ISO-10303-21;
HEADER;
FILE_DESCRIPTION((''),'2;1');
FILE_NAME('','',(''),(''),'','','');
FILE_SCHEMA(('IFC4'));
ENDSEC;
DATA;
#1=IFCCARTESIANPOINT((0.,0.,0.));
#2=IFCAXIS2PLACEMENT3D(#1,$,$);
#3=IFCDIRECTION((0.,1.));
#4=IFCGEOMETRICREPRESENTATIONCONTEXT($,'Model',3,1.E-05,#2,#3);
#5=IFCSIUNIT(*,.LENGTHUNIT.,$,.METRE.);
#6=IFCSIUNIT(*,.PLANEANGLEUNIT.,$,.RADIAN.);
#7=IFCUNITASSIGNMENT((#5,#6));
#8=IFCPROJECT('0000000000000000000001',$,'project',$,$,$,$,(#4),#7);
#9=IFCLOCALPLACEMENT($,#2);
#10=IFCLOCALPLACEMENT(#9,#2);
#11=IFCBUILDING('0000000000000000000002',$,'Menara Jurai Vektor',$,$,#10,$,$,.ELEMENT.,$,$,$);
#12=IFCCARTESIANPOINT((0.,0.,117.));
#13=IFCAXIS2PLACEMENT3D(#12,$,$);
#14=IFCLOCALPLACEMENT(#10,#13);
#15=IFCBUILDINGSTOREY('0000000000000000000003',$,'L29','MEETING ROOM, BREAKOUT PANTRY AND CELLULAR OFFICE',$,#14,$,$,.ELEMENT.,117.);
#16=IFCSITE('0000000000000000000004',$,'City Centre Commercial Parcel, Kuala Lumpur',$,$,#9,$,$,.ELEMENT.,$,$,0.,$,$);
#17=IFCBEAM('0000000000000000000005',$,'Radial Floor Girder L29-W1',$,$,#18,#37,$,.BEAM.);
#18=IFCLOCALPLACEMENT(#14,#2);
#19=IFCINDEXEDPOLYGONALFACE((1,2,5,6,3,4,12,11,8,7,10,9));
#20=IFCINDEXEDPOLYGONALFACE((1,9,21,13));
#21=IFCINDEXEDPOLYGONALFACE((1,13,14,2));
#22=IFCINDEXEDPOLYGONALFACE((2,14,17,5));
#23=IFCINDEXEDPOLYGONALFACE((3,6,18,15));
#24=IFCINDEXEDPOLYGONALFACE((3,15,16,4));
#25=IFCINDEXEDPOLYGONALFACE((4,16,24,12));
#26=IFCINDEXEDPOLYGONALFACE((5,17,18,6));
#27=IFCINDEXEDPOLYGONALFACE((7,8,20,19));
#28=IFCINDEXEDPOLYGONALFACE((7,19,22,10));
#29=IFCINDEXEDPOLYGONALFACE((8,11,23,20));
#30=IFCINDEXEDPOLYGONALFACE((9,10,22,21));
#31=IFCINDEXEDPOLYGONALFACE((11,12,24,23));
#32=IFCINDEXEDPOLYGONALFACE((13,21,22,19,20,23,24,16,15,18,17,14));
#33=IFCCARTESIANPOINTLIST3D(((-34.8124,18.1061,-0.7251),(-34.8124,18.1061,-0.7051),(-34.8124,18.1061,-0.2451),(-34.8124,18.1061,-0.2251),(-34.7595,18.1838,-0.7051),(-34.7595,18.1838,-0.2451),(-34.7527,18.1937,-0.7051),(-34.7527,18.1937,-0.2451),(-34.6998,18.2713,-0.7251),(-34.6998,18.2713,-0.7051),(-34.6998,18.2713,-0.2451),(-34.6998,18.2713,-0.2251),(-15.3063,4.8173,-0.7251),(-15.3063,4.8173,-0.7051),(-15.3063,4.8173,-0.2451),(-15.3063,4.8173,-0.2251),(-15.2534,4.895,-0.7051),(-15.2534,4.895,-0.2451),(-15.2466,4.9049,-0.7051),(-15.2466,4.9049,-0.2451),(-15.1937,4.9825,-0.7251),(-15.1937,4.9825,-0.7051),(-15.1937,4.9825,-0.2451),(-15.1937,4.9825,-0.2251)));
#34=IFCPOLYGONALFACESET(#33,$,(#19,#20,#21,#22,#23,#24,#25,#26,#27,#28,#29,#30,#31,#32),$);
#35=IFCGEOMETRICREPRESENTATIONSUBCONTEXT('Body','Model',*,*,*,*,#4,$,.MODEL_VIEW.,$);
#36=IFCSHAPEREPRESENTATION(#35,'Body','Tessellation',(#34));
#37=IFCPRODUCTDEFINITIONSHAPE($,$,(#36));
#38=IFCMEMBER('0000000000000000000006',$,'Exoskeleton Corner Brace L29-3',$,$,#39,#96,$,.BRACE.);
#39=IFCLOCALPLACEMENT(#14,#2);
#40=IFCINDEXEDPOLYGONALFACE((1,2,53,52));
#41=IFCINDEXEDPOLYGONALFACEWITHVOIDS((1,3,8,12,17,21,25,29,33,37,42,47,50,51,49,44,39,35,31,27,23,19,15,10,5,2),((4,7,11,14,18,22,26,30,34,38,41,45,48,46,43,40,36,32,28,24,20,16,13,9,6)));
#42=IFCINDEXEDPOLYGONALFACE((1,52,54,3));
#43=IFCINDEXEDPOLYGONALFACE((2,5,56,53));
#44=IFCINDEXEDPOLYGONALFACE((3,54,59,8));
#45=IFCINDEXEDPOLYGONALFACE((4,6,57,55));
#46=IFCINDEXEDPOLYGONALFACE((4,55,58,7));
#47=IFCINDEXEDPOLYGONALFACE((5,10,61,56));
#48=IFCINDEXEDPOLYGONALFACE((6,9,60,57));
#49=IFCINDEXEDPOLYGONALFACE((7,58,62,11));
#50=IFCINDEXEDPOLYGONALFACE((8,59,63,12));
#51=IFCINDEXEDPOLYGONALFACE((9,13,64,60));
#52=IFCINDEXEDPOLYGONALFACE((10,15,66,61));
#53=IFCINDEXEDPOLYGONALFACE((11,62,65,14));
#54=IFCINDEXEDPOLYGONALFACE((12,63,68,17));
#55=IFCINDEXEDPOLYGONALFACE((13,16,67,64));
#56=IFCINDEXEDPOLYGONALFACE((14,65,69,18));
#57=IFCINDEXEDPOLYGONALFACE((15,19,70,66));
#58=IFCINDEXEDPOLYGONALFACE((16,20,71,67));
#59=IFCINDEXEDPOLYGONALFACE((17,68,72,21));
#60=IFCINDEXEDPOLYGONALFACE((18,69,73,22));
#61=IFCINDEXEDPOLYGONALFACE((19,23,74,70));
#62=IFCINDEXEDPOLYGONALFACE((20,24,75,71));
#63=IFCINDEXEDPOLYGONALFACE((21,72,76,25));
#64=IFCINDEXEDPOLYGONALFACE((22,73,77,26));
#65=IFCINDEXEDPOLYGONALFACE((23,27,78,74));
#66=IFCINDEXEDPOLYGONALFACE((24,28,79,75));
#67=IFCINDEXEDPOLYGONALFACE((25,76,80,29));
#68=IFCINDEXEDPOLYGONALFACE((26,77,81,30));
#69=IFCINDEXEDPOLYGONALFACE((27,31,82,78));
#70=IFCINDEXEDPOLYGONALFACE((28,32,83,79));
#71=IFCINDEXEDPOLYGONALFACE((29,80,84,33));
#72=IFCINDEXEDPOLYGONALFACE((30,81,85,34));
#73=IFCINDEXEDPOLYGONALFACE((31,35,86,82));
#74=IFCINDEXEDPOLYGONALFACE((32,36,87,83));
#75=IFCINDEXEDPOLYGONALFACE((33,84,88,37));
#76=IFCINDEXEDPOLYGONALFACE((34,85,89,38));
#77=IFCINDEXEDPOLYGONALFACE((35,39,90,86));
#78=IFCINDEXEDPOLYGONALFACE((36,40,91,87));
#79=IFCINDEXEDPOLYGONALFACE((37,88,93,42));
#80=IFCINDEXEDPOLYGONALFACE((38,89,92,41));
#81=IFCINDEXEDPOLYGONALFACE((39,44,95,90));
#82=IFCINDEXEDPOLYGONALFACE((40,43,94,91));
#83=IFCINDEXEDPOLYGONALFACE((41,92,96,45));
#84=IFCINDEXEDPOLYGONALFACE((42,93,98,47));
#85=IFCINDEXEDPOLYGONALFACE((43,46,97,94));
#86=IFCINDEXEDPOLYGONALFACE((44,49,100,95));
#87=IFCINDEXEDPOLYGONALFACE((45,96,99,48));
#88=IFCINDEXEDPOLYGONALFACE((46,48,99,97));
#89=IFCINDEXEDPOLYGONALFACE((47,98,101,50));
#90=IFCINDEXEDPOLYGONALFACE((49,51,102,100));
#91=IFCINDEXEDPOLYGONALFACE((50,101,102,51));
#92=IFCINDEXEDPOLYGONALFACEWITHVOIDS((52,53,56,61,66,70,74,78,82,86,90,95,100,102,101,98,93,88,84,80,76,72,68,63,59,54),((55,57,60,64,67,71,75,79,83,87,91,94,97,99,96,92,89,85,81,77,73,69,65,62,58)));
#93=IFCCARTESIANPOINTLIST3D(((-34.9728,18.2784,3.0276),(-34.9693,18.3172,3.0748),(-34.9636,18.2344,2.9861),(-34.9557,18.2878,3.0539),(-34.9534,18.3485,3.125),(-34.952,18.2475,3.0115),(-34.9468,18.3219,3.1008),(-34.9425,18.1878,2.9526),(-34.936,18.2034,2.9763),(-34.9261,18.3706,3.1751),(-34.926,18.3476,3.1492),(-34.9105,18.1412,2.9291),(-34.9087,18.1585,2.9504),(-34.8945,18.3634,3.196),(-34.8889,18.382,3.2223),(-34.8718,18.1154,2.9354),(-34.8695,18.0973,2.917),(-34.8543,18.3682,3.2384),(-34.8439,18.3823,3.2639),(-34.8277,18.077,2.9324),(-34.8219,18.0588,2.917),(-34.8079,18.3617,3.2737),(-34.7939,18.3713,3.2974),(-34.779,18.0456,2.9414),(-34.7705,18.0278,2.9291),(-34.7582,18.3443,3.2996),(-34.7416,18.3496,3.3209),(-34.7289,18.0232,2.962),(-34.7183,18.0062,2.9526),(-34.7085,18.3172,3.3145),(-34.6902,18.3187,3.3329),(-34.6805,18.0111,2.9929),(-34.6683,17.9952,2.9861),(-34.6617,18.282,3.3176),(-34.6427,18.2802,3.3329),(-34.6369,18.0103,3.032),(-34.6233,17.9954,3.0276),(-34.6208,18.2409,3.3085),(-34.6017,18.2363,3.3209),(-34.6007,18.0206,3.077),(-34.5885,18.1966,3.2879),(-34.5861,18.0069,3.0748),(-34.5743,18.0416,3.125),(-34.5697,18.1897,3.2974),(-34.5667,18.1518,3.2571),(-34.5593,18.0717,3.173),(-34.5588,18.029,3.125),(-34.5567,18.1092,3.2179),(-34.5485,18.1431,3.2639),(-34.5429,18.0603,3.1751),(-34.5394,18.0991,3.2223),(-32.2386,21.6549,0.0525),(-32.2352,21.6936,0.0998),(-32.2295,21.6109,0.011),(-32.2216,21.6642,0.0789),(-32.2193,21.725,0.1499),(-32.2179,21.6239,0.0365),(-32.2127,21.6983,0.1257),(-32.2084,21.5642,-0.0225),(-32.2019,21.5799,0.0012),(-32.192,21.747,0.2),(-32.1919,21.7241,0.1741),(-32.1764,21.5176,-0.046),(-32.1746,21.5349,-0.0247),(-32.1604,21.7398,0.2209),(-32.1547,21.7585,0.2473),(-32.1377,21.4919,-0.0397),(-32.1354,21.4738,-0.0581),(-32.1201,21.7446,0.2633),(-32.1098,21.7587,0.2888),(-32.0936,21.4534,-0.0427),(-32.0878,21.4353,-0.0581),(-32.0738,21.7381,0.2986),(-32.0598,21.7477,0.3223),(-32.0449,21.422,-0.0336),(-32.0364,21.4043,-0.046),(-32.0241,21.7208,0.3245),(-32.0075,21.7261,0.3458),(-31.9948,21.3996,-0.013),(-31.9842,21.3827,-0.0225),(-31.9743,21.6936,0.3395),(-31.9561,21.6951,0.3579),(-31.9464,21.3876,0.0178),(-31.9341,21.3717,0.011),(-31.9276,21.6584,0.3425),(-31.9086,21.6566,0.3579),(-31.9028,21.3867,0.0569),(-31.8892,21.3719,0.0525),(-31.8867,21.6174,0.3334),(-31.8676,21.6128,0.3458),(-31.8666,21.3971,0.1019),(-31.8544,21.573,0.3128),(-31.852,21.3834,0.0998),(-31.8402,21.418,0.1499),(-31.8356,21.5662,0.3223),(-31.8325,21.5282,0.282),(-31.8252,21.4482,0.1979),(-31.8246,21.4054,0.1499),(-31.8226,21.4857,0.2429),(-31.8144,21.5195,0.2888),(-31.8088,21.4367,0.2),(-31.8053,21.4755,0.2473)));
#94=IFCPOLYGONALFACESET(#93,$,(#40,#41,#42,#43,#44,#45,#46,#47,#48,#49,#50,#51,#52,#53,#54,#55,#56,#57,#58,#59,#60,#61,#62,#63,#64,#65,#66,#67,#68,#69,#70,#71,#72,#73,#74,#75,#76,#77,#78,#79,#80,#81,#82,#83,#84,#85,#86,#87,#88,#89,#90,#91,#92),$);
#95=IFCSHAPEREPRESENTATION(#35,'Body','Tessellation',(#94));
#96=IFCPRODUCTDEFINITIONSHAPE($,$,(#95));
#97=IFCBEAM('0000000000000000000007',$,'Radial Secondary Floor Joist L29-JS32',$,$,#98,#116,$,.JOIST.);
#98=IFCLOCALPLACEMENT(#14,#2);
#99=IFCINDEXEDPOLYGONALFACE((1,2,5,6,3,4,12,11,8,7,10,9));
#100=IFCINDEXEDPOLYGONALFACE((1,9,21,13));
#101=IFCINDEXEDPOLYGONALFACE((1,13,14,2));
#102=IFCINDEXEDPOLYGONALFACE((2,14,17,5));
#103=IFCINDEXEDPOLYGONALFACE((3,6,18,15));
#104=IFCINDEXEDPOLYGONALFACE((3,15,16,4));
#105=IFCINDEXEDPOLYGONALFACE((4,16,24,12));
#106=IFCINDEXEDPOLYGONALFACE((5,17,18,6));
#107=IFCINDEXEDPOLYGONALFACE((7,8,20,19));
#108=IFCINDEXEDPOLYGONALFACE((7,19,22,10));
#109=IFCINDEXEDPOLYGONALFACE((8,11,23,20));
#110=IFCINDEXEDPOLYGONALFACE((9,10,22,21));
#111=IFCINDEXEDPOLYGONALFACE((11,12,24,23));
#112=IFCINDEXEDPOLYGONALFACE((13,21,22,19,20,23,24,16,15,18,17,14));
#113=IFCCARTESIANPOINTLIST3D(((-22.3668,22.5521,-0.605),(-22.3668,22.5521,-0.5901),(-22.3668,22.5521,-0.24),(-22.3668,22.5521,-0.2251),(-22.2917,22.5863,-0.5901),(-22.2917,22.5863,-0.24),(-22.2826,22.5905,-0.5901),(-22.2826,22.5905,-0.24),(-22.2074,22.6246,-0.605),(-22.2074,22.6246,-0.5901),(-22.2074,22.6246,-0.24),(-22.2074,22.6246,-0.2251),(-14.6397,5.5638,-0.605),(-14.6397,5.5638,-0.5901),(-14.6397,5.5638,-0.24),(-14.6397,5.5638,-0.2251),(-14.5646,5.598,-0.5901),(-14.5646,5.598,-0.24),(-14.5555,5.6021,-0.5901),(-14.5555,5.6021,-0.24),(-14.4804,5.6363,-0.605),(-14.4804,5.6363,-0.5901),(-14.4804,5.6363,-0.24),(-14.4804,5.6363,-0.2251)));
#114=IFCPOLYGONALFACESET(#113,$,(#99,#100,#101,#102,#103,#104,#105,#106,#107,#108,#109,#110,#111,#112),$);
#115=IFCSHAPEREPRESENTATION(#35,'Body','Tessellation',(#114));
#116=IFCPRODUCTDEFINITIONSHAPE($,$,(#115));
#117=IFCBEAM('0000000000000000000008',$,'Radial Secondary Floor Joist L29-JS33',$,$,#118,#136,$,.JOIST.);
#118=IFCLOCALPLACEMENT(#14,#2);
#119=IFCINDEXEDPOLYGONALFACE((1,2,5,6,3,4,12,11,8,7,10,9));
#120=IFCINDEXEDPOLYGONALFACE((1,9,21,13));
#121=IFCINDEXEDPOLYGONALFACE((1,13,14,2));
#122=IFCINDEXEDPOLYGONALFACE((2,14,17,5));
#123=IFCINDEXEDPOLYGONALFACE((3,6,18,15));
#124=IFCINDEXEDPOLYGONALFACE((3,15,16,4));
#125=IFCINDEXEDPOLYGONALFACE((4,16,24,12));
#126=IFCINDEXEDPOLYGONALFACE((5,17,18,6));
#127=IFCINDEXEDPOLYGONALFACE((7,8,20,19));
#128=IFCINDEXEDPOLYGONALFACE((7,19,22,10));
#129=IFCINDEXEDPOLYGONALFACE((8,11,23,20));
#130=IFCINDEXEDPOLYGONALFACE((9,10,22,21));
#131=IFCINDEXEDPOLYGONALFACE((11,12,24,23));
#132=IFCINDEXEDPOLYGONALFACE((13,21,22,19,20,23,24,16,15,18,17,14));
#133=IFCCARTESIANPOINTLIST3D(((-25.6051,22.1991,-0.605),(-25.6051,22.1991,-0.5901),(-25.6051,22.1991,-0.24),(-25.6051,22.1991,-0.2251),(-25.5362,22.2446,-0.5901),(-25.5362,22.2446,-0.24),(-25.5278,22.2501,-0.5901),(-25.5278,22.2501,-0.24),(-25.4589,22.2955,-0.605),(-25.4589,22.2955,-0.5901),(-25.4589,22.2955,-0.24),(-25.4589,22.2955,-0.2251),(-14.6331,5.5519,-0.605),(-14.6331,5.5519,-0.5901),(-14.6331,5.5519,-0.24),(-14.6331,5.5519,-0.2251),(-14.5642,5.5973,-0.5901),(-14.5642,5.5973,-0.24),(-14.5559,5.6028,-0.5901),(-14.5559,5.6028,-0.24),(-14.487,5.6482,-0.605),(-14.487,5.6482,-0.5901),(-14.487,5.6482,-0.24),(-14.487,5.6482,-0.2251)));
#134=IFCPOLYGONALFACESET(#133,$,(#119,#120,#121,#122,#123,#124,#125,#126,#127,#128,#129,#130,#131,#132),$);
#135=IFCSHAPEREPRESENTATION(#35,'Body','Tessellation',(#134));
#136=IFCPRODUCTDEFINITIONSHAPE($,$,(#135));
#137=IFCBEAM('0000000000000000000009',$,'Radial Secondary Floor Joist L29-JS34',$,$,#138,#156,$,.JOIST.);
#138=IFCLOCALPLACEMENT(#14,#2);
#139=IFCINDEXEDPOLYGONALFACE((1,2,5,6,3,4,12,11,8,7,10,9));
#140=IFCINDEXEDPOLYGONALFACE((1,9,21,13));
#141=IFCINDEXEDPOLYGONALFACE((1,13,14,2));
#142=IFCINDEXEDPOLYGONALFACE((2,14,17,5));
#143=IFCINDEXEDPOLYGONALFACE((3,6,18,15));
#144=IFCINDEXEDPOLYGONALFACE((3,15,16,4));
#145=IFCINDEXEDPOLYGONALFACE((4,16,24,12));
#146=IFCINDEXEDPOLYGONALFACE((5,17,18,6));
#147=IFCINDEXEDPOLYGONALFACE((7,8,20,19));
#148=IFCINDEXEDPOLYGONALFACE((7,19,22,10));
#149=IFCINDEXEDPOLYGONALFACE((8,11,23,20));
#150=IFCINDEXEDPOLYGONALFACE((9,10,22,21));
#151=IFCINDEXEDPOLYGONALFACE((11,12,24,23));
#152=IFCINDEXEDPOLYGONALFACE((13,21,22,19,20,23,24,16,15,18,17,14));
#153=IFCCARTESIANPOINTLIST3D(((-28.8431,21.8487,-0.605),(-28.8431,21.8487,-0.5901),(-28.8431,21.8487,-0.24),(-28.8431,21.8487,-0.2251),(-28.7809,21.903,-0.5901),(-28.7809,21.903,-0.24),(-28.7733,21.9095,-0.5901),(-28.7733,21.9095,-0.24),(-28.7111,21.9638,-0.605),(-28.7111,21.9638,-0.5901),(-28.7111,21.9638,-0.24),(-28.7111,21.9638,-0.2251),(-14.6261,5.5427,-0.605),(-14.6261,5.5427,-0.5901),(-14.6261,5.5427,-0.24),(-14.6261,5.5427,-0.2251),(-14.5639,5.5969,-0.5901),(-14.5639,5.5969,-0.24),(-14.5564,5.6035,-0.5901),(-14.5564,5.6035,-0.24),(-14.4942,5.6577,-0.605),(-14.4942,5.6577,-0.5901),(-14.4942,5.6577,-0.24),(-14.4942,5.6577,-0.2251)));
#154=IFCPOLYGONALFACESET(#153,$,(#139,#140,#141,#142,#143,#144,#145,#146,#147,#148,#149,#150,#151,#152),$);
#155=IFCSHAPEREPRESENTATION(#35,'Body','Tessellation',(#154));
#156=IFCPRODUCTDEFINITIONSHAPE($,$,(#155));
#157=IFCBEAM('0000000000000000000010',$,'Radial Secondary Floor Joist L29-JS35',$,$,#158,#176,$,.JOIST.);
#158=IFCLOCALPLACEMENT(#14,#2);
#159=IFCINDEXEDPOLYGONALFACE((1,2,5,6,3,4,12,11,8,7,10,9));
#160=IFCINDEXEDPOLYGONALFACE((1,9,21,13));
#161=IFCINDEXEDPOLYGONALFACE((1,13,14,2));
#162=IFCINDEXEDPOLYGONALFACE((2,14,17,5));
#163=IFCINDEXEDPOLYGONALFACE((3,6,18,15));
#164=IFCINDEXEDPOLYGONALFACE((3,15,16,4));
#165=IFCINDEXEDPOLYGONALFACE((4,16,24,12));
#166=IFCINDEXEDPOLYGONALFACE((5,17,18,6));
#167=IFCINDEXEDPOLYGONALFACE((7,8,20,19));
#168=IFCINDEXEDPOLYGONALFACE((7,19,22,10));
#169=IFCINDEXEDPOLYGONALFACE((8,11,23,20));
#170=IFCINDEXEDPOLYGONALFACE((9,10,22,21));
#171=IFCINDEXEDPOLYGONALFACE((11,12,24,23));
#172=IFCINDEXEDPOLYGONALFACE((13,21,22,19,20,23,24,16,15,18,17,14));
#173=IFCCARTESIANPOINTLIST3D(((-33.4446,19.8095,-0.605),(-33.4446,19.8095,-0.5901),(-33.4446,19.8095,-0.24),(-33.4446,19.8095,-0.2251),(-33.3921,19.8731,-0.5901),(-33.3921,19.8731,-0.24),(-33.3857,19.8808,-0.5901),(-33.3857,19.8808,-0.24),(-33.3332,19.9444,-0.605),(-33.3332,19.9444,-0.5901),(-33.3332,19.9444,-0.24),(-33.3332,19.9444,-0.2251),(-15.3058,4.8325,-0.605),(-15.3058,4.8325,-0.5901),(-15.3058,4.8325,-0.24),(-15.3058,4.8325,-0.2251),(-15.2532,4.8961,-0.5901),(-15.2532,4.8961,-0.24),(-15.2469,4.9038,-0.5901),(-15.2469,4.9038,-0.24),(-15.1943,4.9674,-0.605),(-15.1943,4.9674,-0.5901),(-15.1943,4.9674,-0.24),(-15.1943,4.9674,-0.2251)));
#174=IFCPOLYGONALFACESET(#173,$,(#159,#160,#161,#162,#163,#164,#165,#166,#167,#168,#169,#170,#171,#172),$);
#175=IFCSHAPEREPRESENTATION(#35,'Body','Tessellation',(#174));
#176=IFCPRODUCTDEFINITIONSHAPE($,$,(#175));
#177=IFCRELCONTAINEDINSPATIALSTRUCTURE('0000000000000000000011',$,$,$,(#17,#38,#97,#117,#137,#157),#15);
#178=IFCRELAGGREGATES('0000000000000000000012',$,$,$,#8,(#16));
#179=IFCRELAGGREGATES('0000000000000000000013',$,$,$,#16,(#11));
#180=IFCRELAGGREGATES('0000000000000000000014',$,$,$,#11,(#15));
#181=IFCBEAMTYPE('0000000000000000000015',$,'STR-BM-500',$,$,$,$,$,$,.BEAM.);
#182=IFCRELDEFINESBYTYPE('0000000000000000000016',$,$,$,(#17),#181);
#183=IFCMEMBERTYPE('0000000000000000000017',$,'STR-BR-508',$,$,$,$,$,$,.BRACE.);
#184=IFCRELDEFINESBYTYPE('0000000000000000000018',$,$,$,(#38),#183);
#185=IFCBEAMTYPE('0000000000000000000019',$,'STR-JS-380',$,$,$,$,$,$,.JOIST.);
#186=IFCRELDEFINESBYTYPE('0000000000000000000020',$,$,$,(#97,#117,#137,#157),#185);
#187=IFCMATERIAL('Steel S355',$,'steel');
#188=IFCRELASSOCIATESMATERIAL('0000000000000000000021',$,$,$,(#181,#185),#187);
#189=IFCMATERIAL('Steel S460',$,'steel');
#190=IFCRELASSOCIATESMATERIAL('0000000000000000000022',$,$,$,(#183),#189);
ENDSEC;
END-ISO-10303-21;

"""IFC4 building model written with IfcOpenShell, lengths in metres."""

from ifc_helpers import new_model, si_unit, direction, frame, origin, origin_2d, place, context, subcontext, project, spatial, hollow_circle, i_section, extrude, material, material_profile, profile_set, type_object, element, save


model = new_model("IFC4")

# Units and contexts
model_context = context("Model", 3, precision=1e-05, world=origin(), true_north=direction((0.0, 1.0)))
body_context = subcontext(model_context, "Body", "Model", "MODEL_VIEW")
ifc_project = project(units=[si_unit("LENGTHUNIT", "METRE"), si_unit("PLANEANGLEUNIT", "RADIAN")], contexts=[model_context])

# Site, building, storey
site_placement = place(None, origin())
site = spatial("IfcSite", under=ifc_project, at=site_placement, Name="City Centre Commercial Parcel, Kuala Lumpur", CompositionType="ELEMENT", RefElevation=0.0)
building_placement = place(site_placement, origin())
building = spatial("IfcBuilding", under=site, at=building_placement, Name="Menara Jurai Vektor", CompositionType="ELEMENT")
storey_placement = place(building_placement, frame((0.0, 0.0, 117.0)))
storey = spatial("IfcBuildingStorey", under=building, at=storey_placement, Name="L29", Description="MEETING ROOM, BREAKOUT PANTRY AND CELLULAR OFFICE", CompositionType="ELEMENT", Elevation=117.0)

# Shared definitions
ifc_material_1 = material(Name="Steel S460", Category="steel")

# Beam
ifc_material_2 = material(Name="Steel S355", Category="steel")
ifc_material_profile_1 = material_profile(ifc_material_2, i_section(OverallWidth=0.2, OverallDepth=0.5, WebThickness=0.012, FlangeThickness=0.02, at=origin_2d()), Name="PG 500x200x96")
ifc_profile_set_1 = profile_set([ifc_material_profile_1], Name="Steel S355")
beam_type_1 = type_object("IfcBeamType", Name="STR-BM-500", PredefinedType="BEAM", material=ifc_profile_set_1)
beam_1_placement = place(storey_placement, frame((-34.7561, 18.1887, -0.4751), z_axis=(0.82644, -0.563024, 0.0), x_axis=(0.563024, 0.82644, 0.0)))
element("IfcBeam", 1, at=beam_1_placement, inside=storey, type_object=beam_type_1, Name="Radial Floor Girder L29-W1", PredefinedType="BEAM", context=body_context, shape_type="SweptSolid", body=[
    extrude(i_section(OverallWidth=0.2, OverallDepth=0.5, WebThickness=0.012, FlangeThickness=0.02, at=origin_2d()), origin(), (0.0, 0.0, 1.0), 23.6025),
])

# Member
ifc_material_profile_2 = material_profile(ifc_material_1, hollow_circle(Radius=0.2539, WallThickness=0.02, at=origin_2d()), Name="CHS 508x20")
ifc_profile_set_2 = profile_set([ifc_material_profile_2], Name="Steel S460")
member_type_1 = type_object("IfcMemberType", Name="STR-BR-508", PredefinedType="BRACE", material=ifc_profile_set_2)
member_1_placement = place(storey_placement, frame((-32.022, 21.5652, 0.1499), z_axis=(-0.519238, -0.641223, 0.565), x_axis=(0.777155, -0.62931, 0.0)))
element("IfcMember", 2, at=member_1_placement, inside=storey, type_object=member_type_1, Name="Exoskeleton Corner Brace L29-3", PredefinedType="BRACE", context=body_context, shape_type="SweptSolid", body=[
    extrude(hollow_circle(Radius=0.2539, WallThickness=0.02, at=origin_2d()), origin(), (0.0, 0.0, 1.0), 5.2656),
])

# Beams
ifc_material_profile_3 = material_profile(ifc_material_2, i_section(OverallWidth=0.175, OverallDepth=0.3799, WebThickness=0.01, FlangeThickness=0.0149, at=origin_2d()), Name="PG 380x175x58")
ifc_profile_set_3 = profile_set([ifc_material_profile_3], Name="Steel S355")
beam_type_2 = type_object("IfcBeamType", Name="STR-JS-380", PredefinedType="JOIST", material=ifc_profile_set_3)
beam_2_placement = place(storey_placement, frame((-22.2871, 22.5884, -0.415), z_axis=(0.41403, -0.910263, 0.0), x_axis=(0.910263, 0.41403, 0.0)))
element("IfcBeam", 3, at=beam_2_placement, inside=storey, type_object=beam_type_2, Name="Radial Secondary Floor Joist L29-JS32", PredefinedType="JOIST", context=body_context, shape_type="SweptSolid", body=[
    extrude(i_section(OverallWidth=0.175, OverallDepth=0.3799, WebThickness=0.01, FlangeThickness=0.0149, at=origin_2d()), origin(), (0.0, 0.0, 1.0), 18.6631),
])
beam_3_placement = place(storey_placement, frame((-25.532, 22.2473, -0.415), z_axis=(0.55031, -0.834961, 0.0), x_axis=(0.834961, 0.55031, 0.0)))
element("IfcBeam", 4, at=beam_3_placement, inside=storey, type_object=beam_type_2, Name="Radial Secondary Floor Joist L29-JS33", PredefinedType="JOIST", context=body_context, shape_type="SweptSolid", body=[
    extrude(i_section(OverallWidth=0.175, OverallDepth=0.3799, WebThickness=0.01, FlangeThickness=0.0149, at=origin_2d()), origin(), (0.0, 0.0, 1.0), 19.9377),
])
beam_4_placement = place(storey_placement, frame((-28.7771, 21.9062, -0.415), z_axis=(0.657173, -0.75374, 0.0), x_axis=(0.75374, 0.657173, 0.0)))
element("IfcBeam", 5, at=beam_4_placement, inside=storey, type_object=beam_type_2, Name="Radial Secondary Floor Joist L29-JS34", PredefinedType="JOIST", context=body_context, shape_type="SweptSolid", body=[
    extrude(i_section(OverallWidth=0.175, OverallDepth=0.3799, WebThickness=0.01, FlangeThickness=0.0149, at=origin_2d()), origin(), (0.0, 0.0, 1.0), 21.6335),
])
beam_5_placement = place(storey_placement, frame((-33.3889, 19.877, -0.415), z_axis=(0.771114, -0.636698, 0.0), x_axis=(0.636698, 0.771114, 0.0)))
element("IfcBeam", 6, at=beam_5_placement, inside=storey, type_object=beam_type_2, Name="Radial Secondary Floor Joist L29-JS35", PredefinedType="JOIST", context=body_context, shape_type="SweptSolid", body=[
    extrude(i_section(OverallWidth=0.175, OverallDepth=0.3799, WebThickness=0.01, FlangeThickness=0.0149, at=origin_2d()), origin(), (0.0, 0.0, 1.0), 23.5229),
])

save(model, "model.ifc")
